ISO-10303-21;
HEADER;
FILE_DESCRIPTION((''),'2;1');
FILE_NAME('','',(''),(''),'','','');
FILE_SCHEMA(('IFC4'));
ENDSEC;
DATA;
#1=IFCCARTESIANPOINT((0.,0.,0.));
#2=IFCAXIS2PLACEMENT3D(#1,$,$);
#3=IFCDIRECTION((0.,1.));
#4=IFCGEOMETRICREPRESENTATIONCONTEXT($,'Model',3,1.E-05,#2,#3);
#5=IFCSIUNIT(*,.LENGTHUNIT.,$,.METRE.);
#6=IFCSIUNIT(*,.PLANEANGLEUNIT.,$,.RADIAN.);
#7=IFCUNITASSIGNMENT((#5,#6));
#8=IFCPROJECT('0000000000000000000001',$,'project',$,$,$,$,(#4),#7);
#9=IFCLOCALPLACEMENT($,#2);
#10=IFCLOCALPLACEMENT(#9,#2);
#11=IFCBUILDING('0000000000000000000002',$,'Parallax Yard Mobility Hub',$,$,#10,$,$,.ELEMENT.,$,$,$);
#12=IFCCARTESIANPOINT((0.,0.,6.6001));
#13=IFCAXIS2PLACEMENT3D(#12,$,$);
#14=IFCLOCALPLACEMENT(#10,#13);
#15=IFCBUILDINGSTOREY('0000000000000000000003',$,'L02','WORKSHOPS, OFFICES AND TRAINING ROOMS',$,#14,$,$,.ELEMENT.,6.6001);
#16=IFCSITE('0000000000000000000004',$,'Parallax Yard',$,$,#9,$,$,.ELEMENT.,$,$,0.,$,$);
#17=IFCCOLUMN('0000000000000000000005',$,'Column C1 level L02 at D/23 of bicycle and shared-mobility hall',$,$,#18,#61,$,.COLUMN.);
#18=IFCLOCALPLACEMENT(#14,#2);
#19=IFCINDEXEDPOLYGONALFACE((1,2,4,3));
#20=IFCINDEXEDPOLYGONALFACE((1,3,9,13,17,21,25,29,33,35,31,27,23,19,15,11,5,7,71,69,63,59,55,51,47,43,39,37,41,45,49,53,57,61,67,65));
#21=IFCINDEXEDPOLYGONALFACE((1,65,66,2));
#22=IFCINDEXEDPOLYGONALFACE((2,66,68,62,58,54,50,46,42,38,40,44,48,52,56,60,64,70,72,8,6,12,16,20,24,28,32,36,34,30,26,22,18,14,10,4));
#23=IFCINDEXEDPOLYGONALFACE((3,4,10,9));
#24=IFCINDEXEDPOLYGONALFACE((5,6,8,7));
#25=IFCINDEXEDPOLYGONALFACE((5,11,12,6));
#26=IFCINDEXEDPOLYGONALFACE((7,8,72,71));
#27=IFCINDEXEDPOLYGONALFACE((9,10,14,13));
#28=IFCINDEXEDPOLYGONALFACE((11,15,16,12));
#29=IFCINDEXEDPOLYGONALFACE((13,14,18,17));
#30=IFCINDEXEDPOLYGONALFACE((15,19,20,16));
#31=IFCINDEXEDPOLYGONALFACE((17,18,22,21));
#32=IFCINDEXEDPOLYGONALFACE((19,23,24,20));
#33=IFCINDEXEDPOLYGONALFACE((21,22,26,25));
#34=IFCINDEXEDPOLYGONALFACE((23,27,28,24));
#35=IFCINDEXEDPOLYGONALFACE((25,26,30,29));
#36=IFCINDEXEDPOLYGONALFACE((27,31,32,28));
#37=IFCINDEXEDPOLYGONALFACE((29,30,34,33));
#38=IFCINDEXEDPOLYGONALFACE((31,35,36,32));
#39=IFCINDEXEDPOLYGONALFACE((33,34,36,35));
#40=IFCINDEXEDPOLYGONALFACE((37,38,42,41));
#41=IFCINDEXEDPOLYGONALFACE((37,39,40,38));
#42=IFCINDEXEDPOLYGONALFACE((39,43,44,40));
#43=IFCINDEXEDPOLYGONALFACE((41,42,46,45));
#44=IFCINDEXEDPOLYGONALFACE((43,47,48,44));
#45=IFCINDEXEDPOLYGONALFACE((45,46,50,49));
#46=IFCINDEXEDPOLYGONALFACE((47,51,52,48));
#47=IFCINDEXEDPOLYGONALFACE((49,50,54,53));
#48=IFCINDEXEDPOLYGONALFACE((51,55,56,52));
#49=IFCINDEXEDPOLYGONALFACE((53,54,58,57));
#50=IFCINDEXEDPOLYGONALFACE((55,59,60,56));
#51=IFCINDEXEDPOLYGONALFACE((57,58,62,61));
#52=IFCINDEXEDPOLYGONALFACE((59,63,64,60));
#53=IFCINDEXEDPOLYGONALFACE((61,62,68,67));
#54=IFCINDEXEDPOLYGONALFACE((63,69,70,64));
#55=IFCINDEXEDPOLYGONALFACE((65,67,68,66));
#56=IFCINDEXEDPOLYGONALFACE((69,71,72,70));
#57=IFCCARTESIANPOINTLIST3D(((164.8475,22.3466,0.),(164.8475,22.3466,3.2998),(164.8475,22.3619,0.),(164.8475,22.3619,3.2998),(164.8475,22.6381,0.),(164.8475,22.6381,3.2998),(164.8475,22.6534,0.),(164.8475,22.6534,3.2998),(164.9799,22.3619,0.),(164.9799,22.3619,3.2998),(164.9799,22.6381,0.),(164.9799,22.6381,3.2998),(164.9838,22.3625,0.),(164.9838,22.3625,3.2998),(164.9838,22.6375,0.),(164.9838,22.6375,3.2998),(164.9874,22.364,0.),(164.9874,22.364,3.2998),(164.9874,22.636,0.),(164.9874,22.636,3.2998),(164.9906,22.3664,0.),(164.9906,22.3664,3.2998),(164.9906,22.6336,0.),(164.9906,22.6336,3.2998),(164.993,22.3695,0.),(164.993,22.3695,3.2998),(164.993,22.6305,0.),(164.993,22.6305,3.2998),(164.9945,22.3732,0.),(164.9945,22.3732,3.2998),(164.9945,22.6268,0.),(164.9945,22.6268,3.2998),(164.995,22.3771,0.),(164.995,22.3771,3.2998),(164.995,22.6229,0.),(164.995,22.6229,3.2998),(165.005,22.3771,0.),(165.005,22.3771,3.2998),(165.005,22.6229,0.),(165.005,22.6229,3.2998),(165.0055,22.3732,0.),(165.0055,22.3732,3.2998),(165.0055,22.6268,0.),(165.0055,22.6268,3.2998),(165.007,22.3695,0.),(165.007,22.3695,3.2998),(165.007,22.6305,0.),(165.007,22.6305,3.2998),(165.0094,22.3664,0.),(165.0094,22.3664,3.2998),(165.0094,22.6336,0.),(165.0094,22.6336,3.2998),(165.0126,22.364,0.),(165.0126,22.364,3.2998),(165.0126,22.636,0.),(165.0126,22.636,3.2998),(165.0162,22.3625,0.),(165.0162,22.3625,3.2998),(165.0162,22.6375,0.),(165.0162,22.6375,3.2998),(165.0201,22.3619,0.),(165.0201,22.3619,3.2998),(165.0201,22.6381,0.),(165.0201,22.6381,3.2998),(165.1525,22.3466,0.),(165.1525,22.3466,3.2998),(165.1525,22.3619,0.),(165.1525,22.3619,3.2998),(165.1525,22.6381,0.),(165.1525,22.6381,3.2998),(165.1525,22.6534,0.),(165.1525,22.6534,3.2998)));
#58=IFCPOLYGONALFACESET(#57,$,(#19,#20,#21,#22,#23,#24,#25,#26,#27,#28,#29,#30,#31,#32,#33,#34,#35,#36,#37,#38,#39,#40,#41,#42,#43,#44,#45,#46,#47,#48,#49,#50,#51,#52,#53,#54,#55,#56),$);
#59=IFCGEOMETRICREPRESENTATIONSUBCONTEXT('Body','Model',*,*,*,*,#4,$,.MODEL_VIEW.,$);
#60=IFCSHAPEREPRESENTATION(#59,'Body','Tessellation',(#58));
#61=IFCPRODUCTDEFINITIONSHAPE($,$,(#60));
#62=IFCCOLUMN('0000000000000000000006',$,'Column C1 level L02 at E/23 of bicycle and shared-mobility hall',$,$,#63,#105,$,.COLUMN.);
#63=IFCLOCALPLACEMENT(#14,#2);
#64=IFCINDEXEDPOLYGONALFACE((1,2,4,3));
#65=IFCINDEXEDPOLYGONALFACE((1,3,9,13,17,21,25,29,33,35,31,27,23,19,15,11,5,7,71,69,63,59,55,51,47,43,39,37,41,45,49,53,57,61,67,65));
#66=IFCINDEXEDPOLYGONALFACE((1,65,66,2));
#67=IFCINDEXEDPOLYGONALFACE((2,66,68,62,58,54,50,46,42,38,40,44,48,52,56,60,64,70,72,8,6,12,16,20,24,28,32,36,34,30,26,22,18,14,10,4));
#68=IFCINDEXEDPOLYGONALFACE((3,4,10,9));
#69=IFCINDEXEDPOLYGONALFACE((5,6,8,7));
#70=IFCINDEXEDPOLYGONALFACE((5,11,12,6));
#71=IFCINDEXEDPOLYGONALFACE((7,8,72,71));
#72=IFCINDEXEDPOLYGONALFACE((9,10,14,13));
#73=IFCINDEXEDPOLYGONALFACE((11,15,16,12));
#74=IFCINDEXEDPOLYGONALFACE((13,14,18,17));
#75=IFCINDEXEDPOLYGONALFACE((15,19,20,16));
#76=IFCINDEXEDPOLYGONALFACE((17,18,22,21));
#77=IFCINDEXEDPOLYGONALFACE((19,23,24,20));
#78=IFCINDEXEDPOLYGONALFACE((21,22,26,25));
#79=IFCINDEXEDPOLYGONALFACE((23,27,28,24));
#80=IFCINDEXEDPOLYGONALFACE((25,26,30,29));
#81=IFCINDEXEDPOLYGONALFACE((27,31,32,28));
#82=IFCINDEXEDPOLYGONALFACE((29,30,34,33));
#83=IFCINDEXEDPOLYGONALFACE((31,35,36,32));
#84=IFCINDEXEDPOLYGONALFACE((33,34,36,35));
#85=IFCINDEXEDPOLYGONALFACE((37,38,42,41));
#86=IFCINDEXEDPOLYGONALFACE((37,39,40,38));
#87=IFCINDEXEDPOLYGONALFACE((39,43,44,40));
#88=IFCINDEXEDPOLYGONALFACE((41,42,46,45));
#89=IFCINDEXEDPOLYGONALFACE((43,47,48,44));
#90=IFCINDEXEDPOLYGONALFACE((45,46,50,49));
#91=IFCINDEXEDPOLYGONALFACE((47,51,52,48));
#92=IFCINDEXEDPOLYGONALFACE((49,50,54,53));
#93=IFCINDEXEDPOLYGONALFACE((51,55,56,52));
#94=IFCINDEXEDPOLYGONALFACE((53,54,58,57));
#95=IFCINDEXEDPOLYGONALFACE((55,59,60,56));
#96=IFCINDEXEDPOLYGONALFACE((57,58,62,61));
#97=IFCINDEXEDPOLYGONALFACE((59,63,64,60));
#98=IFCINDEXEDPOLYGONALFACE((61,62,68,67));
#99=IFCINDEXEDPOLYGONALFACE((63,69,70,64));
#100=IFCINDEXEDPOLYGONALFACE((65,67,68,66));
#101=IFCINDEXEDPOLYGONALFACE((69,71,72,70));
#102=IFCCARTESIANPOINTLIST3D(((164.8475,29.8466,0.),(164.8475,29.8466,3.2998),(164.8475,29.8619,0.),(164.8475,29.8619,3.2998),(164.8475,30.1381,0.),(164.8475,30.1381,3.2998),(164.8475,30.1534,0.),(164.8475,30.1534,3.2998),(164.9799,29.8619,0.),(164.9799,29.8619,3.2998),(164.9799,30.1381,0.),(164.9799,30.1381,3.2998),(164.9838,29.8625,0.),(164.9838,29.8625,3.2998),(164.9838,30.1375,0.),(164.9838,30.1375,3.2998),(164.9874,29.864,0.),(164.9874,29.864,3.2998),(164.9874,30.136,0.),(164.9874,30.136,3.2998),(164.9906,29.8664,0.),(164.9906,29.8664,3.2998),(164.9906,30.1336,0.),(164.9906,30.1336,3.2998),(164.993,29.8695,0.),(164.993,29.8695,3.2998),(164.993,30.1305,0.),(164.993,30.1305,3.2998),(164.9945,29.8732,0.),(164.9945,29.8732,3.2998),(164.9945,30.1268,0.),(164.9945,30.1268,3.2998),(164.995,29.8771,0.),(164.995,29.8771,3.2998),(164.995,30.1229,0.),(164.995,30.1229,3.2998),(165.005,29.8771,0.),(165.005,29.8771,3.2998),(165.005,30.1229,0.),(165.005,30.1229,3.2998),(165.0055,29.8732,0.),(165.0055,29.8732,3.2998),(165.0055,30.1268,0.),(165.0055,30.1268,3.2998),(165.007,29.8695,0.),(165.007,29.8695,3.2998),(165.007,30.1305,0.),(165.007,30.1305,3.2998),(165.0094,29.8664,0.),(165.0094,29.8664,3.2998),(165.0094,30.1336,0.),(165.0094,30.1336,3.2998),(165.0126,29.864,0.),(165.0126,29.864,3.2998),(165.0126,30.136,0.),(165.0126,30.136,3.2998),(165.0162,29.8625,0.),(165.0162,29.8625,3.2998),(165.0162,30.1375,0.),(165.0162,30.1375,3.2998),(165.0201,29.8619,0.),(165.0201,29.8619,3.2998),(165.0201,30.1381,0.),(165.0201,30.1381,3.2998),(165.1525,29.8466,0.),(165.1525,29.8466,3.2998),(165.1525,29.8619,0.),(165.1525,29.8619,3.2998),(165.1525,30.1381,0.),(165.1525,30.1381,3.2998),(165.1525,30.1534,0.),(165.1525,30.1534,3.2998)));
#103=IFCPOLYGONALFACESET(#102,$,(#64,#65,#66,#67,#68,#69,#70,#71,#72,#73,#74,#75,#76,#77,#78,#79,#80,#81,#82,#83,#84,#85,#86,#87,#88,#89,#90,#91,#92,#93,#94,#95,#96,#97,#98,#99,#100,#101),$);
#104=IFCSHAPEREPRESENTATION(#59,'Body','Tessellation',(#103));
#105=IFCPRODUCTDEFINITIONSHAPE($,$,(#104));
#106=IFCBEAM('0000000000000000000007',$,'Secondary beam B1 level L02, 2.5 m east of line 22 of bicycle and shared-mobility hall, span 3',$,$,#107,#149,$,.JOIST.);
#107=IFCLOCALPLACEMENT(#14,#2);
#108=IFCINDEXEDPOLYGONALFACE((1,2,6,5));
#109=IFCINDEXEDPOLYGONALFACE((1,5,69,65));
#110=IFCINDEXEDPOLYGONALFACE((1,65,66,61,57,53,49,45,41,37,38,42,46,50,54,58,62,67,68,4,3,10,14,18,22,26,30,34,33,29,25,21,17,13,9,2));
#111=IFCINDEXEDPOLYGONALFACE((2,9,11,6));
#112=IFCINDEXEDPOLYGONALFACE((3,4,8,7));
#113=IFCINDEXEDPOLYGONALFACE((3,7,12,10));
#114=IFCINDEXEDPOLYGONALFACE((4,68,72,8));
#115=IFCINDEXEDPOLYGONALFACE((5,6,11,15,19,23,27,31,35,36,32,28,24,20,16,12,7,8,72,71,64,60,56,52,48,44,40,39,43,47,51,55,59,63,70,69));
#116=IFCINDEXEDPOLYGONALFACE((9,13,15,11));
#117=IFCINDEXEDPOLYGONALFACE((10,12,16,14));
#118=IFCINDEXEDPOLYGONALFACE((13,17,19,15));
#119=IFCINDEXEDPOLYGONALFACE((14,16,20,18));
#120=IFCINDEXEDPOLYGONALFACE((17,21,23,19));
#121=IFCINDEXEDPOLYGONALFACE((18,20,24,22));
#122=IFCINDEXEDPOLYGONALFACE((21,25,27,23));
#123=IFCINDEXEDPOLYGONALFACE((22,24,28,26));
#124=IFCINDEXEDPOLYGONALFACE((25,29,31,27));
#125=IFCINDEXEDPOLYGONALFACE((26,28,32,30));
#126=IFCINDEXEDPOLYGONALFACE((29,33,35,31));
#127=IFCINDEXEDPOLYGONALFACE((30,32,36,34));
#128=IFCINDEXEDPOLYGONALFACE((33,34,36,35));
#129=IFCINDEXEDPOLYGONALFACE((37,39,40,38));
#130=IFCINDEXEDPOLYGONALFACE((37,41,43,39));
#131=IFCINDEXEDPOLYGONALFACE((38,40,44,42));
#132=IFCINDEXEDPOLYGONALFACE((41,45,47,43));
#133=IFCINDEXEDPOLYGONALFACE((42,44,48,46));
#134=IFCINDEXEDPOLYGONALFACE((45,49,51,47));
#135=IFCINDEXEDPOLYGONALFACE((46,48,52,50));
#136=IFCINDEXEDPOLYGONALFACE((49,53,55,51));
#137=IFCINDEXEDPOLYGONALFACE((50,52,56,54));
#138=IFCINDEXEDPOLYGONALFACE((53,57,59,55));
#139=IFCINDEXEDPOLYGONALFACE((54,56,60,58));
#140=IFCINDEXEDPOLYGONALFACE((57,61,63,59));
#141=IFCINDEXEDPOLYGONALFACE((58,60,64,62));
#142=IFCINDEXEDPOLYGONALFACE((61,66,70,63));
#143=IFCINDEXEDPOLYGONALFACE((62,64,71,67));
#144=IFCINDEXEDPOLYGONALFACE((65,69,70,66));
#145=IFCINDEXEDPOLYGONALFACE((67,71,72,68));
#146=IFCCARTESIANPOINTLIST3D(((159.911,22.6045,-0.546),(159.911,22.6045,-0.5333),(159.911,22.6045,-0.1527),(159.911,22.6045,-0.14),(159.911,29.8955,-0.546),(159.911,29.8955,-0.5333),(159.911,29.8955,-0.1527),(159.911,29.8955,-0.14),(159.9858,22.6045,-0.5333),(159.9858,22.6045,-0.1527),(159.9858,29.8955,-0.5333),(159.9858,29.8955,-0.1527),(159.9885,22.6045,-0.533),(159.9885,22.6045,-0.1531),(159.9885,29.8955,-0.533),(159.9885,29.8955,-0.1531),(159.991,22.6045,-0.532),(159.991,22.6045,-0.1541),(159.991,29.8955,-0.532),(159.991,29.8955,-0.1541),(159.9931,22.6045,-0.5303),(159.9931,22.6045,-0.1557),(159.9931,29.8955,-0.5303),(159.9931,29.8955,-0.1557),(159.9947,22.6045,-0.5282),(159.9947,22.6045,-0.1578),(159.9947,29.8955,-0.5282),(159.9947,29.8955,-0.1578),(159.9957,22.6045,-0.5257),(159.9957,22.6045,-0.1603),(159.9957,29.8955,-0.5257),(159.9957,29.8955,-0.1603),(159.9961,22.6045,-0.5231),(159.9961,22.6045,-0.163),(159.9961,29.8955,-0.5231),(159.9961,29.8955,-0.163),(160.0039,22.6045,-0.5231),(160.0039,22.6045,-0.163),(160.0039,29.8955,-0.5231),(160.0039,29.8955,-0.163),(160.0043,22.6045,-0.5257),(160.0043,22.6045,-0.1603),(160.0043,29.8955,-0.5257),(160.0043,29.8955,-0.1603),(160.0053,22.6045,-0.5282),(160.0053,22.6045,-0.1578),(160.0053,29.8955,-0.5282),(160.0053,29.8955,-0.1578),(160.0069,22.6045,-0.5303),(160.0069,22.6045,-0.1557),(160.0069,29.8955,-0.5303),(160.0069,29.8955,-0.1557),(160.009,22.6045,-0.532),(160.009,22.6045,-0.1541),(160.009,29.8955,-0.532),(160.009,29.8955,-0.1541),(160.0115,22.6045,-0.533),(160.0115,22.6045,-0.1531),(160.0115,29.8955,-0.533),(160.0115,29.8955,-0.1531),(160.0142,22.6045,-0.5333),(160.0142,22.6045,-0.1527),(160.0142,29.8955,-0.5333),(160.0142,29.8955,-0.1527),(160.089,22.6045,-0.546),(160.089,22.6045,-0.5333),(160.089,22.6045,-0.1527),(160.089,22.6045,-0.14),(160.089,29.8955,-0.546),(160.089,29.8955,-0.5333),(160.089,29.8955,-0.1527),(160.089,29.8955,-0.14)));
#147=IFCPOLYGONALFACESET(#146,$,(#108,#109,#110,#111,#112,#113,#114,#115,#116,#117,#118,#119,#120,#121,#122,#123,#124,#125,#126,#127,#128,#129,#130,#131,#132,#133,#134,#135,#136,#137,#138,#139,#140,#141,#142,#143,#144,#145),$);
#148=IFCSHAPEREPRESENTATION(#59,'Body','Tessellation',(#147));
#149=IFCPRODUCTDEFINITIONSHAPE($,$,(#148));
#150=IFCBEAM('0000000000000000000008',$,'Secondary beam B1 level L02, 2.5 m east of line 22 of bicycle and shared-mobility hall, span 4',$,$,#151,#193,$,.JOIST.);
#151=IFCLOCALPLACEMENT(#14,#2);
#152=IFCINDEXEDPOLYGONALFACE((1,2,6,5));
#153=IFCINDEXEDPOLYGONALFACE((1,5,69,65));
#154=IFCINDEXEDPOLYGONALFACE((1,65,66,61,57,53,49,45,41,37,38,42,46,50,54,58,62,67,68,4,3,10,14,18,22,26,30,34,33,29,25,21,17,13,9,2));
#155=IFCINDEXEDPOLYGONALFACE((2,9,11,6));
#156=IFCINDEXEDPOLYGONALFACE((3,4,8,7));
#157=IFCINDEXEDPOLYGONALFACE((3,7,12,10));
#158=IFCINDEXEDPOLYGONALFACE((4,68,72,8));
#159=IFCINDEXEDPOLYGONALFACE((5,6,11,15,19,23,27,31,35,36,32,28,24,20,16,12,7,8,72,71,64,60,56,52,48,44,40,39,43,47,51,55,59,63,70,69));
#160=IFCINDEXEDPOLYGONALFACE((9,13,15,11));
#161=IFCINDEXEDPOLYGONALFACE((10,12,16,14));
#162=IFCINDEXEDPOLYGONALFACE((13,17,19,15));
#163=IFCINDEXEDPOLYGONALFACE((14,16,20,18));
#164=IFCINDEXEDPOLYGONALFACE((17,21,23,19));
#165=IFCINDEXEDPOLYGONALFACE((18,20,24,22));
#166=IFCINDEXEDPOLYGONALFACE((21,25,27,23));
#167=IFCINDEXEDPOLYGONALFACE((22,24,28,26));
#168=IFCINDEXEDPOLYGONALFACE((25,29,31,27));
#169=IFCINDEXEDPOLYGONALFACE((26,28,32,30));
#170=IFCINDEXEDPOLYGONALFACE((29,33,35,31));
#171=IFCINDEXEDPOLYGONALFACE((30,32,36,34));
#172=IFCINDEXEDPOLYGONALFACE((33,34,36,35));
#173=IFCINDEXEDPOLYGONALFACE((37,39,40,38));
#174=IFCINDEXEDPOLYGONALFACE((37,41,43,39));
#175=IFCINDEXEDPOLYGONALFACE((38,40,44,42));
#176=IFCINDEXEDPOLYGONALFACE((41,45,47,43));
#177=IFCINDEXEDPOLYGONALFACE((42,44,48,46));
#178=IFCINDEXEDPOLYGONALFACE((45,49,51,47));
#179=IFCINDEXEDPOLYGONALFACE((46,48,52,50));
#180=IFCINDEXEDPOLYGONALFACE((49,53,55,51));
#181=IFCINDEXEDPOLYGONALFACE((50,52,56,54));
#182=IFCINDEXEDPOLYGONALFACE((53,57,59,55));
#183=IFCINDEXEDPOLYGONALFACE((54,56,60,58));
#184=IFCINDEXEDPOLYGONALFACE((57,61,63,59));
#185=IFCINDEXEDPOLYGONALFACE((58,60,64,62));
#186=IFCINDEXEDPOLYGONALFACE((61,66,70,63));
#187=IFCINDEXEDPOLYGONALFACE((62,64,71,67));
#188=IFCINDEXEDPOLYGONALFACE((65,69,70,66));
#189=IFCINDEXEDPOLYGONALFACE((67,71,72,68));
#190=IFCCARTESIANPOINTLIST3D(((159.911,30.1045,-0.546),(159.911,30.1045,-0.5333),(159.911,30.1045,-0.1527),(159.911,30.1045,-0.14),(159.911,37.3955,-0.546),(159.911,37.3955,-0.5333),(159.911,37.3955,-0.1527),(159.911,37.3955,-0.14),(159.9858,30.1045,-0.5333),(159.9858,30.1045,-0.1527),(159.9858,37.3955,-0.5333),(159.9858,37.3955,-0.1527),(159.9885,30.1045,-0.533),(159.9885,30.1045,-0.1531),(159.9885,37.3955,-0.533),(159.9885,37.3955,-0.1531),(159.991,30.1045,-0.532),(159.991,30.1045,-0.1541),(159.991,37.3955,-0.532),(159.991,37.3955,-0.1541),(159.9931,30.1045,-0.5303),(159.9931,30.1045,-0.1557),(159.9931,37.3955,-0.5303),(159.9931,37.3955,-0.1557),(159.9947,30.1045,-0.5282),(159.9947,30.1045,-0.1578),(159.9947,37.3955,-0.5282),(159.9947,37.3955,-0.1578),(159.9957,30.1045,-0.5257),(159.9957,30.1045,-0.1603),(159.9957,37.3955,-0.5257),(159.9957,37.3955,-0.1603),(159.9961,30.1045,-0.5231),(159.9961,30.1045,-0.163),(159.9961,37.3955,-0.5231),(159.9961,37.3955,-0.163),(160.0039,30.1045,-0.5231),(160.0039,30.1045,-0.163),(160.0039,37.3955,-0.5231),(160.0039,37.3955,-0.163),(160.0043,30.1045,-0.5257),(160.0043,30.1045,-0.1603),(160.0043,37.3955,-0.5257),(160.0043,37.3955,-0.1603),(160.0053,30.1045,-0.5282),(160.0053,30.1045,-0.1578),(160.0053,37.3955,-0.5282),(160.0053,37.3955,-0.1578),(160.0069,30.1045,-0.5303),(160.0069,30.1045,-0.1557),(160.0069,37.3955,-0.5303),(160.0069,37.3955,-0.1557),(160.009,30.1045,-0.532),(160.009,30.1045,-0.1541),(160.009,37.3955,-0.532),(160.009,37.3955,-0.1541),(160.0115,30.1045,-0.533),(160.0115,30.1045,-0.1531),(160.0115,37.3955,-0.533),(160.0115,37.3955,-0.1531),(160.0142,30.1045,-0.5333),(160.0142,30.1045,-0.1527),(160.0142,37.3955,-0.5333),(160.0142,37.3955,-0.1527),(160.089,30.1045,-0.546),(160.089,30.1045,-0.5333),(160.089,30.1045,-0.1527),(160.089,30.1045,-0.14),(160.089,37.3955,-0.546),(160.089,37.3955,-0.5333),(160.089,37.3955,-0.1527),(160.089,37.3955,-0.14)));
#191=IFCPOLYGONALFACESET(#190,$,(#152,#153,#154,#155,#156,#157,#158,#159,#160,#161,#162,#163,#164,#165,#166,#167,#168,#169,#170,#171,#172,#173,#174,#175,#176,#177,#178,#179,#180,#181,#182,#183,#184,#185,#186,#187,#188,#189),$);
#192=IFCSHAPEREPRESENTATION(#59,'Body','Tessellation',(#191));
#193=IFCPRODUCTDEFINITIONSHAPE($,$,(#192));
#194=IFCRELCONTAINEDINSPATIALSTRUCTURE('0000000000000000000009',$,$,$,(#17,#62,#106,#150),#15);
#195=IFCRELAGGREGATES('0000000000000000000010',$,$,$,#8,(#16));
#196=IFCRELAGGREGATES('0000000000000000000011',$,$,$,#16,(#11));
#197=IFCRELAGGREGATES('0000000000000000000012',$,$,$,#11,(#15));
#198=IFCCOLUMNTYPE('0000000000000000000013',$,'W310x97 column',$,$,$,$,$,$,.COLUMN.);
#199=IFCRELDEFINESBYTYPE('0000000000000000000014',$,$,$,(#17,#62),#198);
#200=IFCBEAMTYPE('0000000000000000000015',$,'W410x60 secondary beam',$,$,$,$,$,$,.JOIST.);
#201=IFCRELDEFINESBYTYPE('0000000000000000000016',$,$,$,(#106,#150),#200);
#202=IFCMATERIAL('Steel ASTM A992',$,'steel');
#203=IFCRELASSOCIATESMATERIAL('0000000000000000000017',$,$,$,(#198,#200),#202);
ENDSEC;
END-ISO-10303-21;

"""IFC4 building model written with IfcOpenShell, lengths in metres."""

from ifc_helpers import new_model, si_unit, direction, frame, origin, origin_2d, place, context, subcontext, project, spatial, i_section, extrude, material, material_profile, profile_set, type_object, element, save


model = new_model("IFC4")

# Units and contexts
model_context = context("Model", 3, precision=1e-05, world=origin(), true_north=direction((0.0, 1.0)))
body_context = subcontext(model_context, "Body", "Model", "MODEL_VIEW")
ifc_project = project(units=[si_unit("LENGTHUNIT", "METRE"), si_unit("PLANEANGLEUNIT", "RADIAN")], contexts=[model_context])

# Site, building, storey
site_placement = place(None, origin())
site = spatial("IfcSite", under=ifc_project, at=site_placement, Name="Parallax Yard", CompositionType="ELEMENT", RefElevation=0.0)
building_placement = place(site_placement, origin())
building = spatial("IfcBuilding", under=site, at=building_placement, Name="Parallax Yard Mobility Hub", CompositionType="ELEMENT")
storey_placement = place(building_placement, frame((0.0, 0.0, 6.6001)))
storey = spatial("IfcBuildingStorey", under=building, at=storey_placement, Name="L02", Description="WORKSHOPS, OFFICES AND TRAINING ROOMS", CompositionType="ELEMENT", Elevation=6.6001)

# Columns
ifc_material_1 = material(Name="Steel ASTM A992", Category="steel")
ifc_material_profile_1 = material_profile(ifc_material_1, i_section(OverallWidth=0.3049, OverallDepth=0.3069, WebThickness=0.01, FlangeThickness=0.0154, FilletRadius=0.0151, at=origin_2d()), Name="W310x97")
ifc_profile_set_1 = profile_set([ifc_material_profile_1], Name="Steel ASTM A992")
column_type = type_object("IfcColumnType", Name="W310x97 column", PredefinedType="COLUMN", material=ifc_profile_set_1)
for number, where, z_axis, x_axis, name in (
    (1, (165.0, 22.5, 0.0), (0.0, 0.0, 1.0), (1.0, 0.0, 0.0), "Column C1 level L02 at D/23 of bicycle and shared-mobility hall"),
    (2, (165.0, 30.0, 0.0), (0.0, 0.0, 1.0), (1.0, 0.0, 0.0), "Column C1 level L02 at E/23 of bicycle and shared-mobility hall"),
):
    element("IfcColumn", number, at=place(storey_placement, frame(where, z_axis=z_axis, x_axis=x_axis)), inside=storey, type_object=column_type, Name=name, PredefinedType="COLUMN", context=body_context, shape_type="SweptSolid", body=[
        extrude(i_section(OverallWidth=0.3049, OverallDepth=0.3069, WebThickness=0.01, FlangeThickness=0.0154, FilletRadius=0.0151, at=origin_2d()), origin(), (0.0, 0.0, 1.0), 3.2998),
    ])

# Beams
ifc_material_profile_2 = material_profile(ifc_material_1, i_section(OverallWidth=0.178, OverallDepth=0.406, WebThickness=0.0078, FlangeThickness=0.0127, FilletRadius=0.0103, at=origin_2d()), Name="W410x60")
ifc_profile_set_2 = profile_set([ifc_material_profile_2], Name="Steel ASTM A992")
beam_type_1 = type_object("IfcBeamType", Name="W410x60 secondary beam", PredefinedType="JOIST", material=ifc_profile_set_2)
for number, where, z_axis, x_axis, name in (
    (3, (160.0, 22.6045, -0.343), (0.0, 1.0, 0.0), (-1.0, 0.0, 0.0), "Secondary beam B1 level L02, 2.5 m east of line 22 of bicycle and shared-mobility hall, span 3"),
    (4, (160.0, 30.1045, -0.343), (0.0, 1.0, 0.0), (-1.0, 0.0, 0.0), "Secondary beam B1 level L02, 2.5 m east of line 22 of bicycle and shared-mobility hall, span 4"),
):
    element("IfcBeam", number, at=place(storey_placement, frame(where, z_axis=z_axis, x_axis=x_axis)), inside=storey, type_object=beam_type_1, Name=name, PredefinedType="JOIST", context=body_context, shape_type="SweptSolid", body=[
        extrude(i_section(OverallWidth=0.178, OverallDepth=0.406, WebThickness=0.0078, FlangeThickness=0.0127, FilletRadius=0.0103, at=origin_2d()), origin(), (0.0, 0.0, 1.0), 7.291),
    ])

save(model, "model.ifc")
